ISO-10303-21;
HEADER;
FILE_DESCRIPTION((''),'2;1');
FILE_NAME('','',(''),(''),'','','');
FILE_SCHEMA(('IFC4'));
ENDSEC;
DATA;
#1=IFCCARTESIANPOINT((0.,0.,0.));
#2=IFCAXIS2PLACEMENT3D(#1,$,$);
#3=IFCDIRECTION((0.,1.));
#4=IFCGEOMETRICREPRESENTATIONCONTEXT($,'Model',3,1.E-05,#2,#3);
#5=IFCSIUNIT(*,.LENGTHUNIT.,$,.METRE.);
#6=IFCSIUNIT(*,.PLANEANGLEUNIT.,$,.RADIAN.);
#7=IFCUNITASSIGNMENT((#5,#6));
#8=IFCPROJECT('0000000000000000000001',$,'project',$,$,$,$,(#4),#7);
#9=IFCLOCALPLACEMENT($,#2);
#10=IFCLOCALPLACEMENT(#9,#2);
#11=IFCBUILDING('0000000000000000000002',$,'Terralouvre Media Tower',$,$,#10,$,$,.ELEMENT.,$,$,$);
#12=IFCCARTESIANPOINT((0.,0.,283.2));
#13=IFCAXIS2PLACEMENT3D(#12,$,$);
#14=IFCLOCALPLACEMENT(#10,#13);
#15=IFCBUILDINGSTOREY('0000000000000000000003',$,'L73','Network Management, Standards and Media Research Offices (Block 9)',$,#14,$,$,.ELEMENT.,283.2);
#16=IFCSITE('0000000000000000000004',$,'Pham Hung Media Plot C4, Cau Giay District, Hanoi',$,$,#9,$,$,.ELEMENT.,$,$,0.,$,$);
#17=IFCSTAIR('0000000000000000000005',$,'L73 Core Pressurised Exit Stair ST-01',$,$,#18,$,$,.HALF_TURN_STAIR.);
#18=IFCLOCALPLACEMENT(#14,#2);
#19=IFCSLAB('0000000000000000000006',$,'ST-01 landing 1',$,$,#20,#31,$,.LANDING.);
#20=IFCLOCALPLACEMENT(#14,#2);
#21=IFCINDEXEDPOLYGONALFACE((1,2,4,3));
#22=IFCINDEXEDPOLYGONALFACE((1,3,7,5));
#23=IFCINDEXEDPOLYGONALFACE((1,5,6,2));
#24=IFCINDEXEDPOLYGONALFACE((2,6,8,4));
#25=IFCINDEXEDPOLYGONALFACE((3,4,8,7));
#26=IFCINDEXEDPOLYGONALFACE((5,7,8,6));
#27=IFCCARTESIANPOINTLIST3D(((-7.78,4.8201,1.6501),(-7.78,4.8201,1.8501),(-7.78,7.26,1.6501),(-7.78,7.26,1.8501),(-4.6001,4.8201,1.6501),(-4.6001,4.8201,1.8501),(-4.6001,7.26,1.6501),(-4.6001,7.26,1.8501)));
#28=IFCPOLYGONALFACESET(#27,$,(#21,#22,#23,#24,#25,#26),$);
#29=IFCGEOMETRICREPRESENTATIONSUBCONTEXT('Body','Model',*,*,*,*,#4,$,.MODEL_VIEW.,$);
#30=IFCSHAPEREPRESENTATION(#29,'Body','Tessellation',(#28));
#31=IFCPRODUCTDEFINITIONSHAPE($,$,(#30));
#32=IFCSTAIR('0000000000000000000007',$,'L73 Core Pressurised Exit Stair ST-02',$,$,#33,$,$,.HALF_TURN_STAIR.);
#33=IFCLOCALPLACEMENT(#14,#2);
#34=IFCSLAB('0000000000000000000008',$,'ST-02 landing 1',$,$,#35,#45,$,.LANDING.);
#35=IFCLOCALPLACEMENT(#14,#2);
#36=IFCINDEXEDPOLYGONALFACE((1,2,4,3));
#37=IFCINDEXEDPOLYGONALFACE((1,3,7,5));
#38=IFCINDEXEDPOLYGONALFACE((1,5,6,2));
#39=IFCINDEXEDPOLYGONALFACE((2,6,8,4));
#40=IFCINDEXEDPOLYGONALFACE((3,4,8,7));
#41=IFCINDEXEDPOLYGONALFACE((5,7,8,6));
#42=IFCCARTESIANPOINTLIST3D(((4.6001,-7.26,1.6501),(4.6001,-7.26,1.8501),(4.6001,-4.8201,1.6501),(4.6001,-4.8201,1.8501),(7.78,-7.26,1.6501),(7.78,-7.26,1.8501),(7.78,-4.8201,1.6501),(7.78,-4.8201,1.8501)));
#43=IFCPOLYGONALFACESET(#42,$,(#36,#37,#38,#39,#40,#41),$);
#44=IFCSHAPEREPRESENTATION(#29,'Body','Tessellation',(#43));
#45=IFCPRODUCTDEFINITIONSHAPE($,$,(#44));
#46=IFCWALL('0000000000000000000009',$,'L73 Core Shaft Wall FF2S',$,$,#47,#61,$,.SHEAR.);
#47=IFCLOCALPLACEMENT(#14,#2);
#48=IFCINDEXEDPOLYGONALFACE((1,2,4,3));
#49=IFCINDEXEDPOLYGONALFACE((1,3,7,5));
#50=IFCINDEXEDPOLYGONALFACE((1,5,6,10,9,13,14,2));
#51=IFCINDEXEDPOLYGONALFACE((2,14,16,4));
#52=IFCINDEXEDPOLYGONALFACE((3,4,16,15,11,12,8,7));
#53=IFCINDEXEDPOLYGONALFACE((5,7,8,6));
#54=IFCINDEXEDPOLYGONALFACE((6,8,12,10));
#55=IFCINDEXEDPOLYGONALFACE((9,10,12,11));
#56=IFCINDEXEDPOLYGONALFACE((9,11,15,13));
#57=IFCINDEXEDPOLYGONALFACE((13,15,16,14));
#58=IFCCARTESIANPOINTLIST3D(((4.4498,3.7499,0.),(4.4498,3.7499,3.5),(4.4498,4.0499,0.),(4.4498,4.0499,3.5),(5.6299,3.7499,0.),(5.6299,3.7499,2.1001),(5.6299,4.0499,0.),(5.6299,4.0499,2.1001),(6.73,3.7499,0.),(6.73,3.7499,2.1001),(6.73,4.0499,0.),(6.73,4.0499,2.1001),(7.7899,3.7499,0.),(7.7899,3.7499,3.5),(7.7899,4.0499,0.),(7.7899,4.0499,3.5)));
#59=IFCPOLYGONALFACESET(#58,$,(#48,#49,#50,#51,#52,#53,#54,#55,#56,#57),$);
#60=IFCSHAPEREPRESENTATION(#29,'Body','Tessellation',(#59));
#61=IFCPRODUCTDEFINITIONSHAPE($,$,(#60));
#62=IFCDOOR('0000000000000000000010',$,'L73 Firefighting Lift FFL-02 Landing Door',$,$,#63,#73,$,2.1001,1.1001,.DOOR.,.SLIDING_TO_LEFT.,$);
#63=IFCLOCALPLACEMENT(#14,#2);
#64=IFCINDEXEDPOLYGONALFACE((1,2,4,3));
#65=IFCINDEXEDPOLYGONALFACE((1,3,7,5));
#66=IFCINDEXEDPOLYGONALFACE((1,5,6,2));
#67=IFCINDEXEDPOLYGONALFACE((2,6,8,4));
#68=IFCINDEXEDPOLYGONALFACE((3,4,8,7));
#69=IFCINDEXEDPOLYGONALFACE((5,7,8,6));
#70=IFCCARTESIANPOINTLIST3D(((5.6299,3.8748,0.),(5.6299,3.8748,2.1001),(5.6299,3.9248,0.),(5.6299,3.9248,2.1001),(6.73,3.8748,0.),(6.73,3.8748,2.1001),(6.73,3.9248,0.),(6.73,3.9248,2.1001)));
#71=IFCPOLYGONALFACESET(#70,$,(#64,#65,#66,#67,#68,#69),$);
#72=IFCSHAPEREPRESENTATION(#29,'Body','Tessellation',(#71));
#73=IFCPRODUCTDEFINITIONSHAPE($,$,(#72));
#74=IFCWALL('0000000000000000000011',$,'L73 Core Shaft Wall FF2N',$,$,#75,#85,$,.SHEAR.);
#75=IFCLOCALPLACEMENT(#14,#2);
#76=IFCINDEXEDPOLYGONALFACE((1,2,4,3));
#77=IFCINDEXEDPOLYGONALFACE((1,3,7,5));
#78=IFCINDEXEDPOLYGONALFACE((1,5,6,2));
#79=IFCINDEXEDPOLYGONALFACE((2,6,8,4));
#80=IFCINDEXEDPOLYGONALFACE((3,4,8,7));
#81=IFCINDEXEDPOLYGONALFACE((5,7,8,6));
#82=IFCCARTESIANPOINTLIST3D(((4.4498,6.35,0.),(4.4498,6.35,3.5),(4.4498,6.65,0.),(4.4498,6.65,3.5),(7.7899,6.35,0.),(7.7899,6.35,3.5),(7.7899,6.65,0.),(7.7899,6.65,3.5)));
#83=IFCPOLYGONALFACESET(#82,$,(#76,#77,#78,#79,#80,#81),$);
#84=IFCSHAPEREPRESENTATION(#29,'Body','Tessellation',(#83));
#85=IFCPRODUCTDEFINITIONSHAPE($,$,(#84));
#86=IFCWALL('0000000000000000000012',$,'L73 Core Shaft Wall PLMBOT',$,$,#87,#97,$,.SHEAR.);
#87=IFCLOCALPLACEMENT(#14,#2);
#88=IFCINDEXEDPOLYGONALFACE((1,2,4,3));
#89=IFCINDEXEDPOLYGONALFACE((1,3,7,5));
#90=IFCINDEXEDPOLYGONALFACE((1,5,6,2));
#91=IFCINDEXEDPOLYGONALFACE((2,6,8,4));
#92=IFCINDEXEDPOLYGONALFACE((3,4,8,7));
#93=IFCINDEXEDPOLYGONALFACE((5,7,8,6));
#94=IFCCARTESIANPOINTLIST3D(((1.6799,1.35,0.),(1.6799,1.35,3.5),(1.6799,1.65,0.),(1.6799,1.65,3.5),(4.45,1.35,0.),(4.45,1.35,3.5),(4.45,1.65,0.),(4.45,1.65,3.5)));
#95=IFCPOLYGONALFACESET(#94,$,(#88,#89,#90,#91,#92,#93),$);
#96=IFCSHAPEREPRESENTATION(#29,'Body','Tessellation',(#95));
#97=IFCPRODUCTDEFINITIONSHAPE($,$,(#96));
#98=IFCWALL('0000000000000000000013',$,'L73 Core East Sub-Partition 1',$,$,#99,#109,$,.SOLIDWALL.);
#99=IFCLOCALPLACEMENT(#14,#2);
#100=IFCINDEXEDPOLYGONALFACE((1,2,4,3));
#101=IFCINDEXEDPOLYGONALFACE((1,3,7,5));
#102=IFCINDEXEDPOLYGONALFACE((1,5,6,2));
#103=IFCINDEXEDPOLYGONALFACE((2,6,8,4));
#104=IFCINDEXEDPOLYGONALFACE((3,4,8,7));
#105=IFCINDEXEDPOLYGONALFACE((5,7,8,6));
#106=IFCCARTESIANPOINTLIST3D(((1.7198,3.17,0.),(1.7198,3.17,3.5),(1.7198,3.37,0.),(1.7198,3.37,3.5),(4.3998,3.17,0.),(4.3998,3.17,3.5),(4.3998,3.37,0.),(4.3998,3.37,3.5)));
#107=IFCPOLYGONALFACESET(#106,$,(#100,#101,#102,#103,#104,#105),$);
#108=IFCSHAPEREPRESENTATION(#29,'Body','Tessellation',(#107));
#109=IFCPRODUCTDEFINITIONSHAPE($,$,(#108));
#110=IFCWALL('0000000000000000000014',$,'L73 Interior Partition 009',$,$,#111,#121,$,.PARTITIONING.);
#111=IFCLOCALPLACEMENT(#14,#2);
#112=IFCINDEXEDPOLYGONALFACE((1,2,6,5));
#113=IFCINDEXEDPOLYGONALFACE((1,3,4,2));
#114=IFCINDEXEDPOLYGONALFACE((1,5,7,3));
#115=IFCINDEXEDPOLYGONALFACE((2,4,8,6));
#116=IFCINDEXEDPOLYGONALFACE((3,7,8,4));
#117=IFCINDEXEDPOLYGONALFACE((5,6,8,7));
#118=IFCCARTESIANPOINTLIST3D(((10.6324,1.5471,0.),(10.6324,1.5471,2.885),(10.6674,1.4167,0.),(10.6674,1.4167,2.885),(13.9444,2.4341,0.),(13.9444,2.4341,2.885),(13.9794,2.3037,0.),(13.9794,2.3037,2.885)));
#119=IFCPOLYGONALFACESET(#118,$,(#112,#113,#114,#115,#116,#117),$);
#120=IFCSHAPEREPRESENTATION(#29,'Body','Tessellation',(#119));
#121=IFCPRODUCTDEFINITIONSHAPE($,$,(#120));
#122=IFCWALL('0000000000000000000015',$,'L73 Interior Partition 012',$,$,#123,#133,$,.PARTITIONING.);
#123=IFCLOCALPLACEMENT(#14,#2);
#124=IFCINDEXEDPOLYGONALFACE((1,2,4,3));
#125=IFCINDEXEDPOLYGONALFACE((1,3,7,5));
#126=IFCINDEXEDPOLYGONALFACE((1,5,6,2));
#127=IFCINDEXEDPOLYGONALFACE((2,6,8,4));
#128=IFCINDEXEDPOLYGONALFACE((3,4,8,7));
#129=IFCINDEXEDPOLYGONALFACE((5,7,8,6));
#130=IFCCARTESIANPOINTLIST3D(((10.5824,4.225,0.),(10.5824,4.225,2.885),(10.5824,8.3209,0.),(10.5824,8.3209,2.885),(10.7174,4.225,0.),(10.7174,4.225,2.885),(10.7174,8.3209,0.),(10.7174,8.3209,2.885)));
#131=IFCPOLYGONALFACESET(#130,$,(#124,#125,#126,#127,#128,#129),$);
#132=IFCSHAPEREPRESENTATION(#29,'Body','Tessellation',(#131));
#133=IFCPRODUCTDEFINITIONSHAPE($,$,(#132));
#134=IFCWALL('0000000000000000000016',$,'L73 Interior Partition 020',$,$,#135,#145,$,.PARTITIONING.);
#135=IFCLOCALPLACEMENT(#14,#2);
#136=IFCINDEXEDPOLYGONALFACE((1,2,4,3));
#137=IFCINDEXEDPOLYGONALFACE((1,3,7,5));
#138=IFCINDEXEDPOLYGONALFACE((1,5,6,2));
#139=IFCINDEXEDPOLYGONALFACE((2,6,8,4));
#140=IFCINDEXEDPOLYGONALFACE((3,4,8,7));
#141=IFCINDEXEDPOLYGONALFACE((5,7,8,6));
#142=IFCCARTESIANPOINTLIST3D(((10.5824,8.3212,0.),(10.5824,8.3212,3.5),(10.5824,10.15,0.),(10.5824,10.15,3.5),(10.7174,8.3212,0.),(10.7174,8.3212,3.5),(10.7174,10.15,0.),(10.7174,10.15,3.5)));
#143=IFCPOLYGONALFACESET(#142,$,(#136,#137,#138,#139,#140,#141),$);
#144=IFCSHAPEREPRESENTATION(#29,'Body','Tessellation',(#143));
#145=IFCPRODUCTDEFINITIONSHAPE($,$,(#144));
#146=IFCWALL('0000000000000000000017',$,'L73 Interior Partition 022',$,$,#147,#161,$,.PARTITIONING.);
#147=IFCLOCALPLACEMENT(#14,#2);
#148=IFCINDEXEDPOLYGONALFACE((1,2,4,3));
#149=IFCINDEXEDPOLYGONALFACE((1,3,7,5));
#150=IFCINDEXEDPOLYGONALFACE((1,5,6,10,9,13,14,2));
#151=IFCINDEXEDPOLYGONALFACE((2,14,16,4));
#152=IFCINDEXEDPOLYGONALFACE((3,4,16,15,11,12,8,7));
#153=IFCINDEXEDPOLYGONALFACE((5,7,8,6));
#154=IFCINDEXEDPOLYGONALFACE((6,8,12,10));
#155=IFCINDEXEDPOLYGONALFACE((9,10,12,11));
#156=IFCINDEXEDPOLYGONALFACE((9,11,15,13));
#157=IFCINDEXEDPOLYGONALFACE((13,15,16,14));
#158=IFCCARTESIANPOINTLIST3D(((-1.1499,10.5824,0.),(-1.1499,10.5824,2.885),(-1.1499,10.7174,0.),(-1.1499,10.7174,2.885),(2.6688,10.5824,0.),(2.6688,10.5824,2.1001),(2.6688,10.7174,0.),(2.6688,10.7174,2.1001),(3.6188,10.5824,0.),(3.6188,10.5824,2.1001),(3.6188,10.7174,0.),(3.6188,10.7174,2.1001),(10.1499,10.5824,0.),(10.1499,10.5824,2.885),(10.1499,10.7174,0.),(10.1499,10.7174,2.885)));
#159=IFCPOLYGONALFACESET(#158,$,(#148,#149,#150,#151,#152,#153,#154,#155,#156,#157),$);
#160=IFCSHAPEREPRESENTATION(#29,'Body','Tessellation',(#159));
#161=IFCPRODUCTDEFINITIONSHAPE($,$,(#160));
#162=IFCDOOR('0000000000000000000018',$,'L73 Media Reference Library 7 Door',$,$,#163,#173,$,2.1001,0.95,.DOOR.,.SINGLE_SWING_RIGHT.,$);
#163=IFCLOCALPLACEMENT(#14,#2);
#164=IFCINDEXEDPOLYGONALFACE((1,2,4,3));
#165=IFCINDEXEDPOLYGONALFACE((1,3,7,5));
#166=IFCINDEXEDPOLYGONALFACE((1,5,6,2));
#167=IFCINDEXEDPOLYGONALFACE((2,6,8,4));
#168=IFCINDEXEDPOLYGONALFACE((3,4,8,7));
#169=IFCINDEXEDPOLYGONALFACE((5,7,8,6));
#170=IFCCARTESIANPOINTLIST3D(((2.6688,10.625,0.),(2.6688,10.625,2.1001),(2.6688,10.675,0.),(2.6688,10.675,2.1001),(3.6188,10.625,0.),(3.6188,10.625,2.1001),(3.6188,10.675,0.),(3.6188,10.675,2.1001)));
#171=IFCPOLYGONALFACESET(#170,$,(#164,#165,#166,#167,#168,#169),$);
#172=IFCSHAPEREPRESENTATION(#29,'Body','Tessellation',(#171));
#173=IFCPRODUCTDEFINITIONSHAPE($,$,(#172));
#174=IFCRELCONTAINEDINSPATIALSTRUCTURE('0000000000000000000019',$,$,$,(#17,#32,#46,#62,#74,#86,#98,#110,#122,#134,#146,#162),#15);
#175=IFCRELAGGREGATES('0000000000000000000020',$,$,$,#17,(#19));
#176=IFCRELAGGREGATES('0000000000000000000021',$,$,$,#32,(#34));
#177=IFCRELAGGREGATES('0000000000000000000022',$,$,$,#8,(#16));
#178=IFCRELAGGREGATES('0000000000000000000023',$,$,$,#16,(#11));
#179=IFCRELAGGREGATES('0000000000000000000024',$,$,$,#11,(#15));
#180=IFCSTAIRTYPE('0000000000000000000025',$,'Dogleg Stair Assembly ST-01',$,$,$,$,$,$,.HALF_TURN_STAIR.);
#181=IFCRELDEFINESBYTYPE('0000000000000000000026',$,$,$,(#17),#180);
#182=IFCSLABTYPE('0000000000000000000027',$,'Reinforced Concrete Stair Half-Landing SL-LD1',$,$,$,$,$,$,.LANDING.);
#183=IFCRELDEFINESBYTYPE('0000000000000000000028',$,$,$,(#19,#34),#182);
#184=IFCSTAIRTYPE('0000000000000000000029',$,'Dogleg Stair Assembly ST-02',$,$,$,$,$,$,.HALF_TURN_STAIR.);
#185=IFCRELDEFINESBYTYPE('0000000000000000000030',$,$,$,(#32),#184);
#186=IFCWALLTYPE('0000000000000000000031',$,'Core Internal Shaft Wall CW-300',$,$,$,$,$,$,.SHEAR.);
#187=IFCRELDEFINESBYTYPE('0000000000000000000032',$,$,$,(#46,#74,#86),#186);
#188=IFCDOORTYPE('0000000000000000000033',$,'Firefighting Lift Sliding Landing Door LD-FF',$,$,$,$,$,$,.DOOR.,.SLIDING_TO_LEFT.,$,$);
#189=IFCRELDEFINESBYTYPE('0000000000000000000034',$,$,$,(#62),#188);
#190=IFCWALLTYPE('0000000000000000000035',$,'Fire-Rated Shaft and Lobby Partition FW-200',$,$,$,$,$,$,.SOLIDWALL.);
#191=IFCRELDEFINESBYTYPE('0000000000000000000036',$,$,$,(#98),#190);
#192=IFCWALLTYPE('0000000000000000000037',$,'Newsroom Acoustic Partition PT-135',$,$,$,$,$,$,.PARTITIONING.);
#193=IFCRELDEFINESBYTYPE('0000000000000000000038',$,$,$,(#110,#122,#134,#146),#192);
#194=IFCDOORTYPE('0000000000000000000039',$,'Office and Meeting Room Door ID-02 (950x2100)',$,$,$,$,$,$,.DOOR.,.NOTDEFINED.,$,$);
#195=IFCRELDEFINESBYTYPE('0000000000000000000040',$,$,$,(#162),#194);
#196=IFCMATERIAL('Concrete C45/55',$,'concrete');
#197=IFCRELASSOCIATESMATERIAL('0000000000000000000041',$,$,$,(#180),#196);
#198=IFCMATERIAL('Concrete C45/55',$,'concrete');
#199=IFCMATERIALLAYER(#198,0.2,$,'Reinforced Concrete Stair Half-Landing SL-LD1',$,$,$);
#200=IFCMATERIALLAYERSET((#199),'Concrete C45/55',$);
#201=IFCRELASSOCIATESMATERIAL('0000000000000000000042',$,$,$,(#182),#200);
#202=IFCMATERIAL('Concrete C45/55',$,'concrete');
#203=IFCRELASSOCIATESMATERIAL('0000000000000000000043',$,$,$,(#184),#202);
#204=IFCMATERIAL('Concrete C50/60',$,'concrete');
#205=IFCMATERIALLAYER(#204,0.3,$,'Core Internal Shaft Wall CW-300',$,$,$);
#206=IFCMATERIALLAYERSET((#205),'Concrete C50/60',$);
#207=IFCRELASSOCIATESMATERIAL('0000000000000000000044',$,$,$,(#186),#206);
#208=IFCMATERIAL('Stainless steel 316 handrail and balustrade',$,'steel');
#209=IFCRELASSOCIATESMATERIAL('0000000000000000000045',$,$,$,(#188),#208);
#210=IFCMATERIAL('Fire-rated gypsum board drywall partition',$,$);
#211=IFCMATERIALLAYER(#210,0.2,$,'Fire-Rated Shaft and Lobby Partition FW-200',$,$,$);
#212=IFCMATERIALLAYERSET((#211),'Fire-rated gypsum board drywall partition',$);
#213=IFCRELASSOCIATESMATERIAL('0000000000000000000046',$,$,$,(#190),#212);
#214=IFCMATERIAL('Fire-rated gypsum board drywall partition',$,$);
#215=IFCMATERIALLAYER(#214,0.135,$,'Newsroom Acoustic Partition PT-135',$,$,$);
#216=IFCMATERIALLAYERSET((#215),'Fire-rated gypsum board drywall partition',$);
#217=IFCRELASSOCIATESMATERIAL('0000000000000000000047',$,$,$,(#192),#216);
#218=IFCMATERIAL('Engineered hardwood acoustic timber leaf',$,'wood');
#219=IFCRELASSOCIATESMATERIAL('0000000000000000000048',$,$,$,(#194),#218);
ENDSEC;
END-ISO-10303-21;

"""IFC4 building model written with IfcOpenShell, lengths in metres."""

from ifc_helpers import new_model, si_unit, direction, frame, frame_2d, origin, place, context, subcontext, project, spatial, polyline, rectangle, outline, extrude, material, layer, layer_set, type_object, element, fill, aggregate, save


model = new_model("IFC4")

# Units and contexts
model_context = context("Model", 3, precision=1e-05, world=origin(), true_north=direction((0.0, 1.0)))
body_context = subcontext(model_context, "Body", "Model", "MODEL_VIEW")
ifc_project = project(units=[si_unit("LENGTHUNIT", "METRE"), si_unit("PLANEANGLEUNIT", "RADIAN")], contexts=[model_context])

# Site, building, storey
site_placement = place(None, origin())
site = spatial("IfcSite", under=ifc_project, at=site_placement, Name="Pham Hung Media Plot C4, Cau Giay District, Hanoi", CompositionType="ELEMENT", RefElevation=0.0)
building_placement = place(site_placement, origin())
building = spatial("IfcBuilding", under=site, at=building_placement, Name="Terralouvre Media Tower", CompositionType="ELEMENT")
storey_placement = place(building_placement, frame((0.0, 0.0, 283.2)))
storey = spatial("IfcBuildingStorey", under=building, at=storey_placement, Name="L73", Description="Network Management, Standards and Media Research Offices (Block 9)", CompositionType="ELEMENT", Elevation=283.2)

# Stairs, slabs
ifc_material_1 = material(Name="Concrete C45/55", Category="concrete")
stair_type_1 = type_object("IfcStairType", Name="Dogleg Stair Assembly ST-01", PredefinedType="HALF_TURN_STAIR", material=ifc_material_1)
stair_1_placement = place(storey_placement, origin())
stair_1 = element("IfcStair", 1, at=stair_1_placement, inside=storey, type_object=stair_type_1, Name="L73 Core Pressurised Exit Stair ST-01", PredefinedType="HALF_TURN_STAIR")
ifc_material_2 = material(Name="Concrete C45/55", Category="concrete")
ifc_layer_1 = layer(ifc_material_2, 0.2, Name="Reinforced Concrete Stair Half-Landing SL-LD1")
ifc_layer_set_1 = layer_set([ifc_layer_1], Name="Concrete C45/55")
slab_type = type_object("IfcSlabType", Name="Reinforced Concrete Stair Half-Landing SL-LD1", PredefinedType="LANDING", material=ifc_layer_set_1)
slab_1_placement = place(storey_placement, frame((0.0, 0.0, 1.6501)))
slab_1 = element("IfcSlab", 2, at=slab_1_placement, type_object=slab_type, Name="ST-01 landing 1", PredefinedType="LANDING", context=body_context, shape_type="SweptSolid", body=[
    extrude(outline(polyline([(-4.6001, 4.8201), (-4.6001, 7.26), (-7.78, 7.26), (-7.78, 4.8201), (-4.6001, 4.8201)])), origin(), (0.0, 0.0, 1.0), 0.2),
])
aggregate(stair_1, [slab_1])
ifc_material_3 = material(Name="Concrete C45/55", Category="concrete")
stair_type_2 = type_object("IfcStairType", Name="Dogleg Stair Assembly ST-02", PredefinedType="HALF_TURN_STAIR", material=ifc_material_3)
stair_2_placement = place(storey_placement, origin())
stair_2 = element("IfcStair", 3, at=stair_2_placement, inside=storey, type_object=stair_type_2, Name="L73 Core Pressurised Exit Stair ST-02", PredefinedType="HALF_TURN_STAIR")
slab_2_placement = place(storey_placement, frame((0.0, 0.0, 1.6501)))
slab_2 = element("IfcSlab", 4, at=slab_2_placement, type_object=slab_type, Name="ST-02 landing 1", PredefinedType="LANDING", context=body_context, shape_type="SweptSolid", body=[
    extrude(outline(polyline([(4.6001, -4.8201), (4.6001, -7.26), (7.78, -7.26), (7.78, -4.8201), (4.6001, -4.8201)])), origin(), (0.0, 0.0, 1.0), 0.2),
])
aggregate(stair_2, [slab_2])

# Wall, opening, door
ifc_material_4 = material(Name="Concrete C50/60", Category="concrete")
ifc_layer_2 = layer(ifc_material_4, 0.3, Name="Core Internal Shaft Wall CW-300")
ifc_layer_set_2 = layer_set([ifc_layer_2], Name="Concrete C50/60")
wall_type_1 = type_object("IfcWallType", Name="Core Internal Shaft Wall CW-300", PredefinedType="SHEAR", material=ifc_layer_set_2)
wall_1_placement = place(storey_placement, frame((4.45, 3.8999, 0.0), z_axis=(0.0, 0.0, 1.0), x_axis=(1.0, 0.0, 0.0)))
wall_1 = element("IfcWall", 5, at=wall_1_placement, inside=storey, type_object=wall_type_1, Name="L73 Core Shaft Wall FF2S", PredefinedType="SHEAR", context=body_context, shape_type="SweptSolid", body=[
    extrude(rectangle(XDim=3.3401, YDim=0.3, at=frame_2d((1.6699, 0.0))), origin(), (0.0, 0.0, 1.0), 3.5),
])
opening_1_placement = place(wall_1_placement, frame((1.1799, 0.0, 0.0)))
opening_1 = element("IfcOpeningElement", 6, at=opening_1_placement, cuts=wall_1, PredefinedType="OPENING", context=body_context, shape_type="SweptSolid", body=[
    extrude(rectangle(XDim=1.1001, YDim=2.1001, at=frame_2d((0.55, 1.05))), frame((0.0, 0.1599, 0.0), z_axis=(0.0, -1.0, 0.0), x_axis=(1.0, 0.0, 0.0)), (0.0, 0.0, 1.0), 0.3201),
])
ifc_material_5 = material(Name="Stainless steel 316 handrail and balustrade", Category="steel")
door_type_1 = type_object("IfcDoorType", Name="Firefighting Lift Sliding Landing Door LD-FF", OperationType="SLIDING_TO_LEFT", PredefinedType="DOOR", material=ifc_material_5)
door_1_placement = place(opening_1_placement, origin())
door_1 = element("IfcDoor", 7, at=door_1_placement, inside=storey, type_object=door_type_1, Name="L73 Firefighting Lift FFL-02 Landing Door", OperationType="SLIDING_TO_LEFT", OverallHeight=2.1001, OverallWidth=1.1001, PredefinedType="DOOR", context=body_context, shape_type="SweptSolid", body=[
    extrude(rectangle(XDim=1.1001, YDim=2.1001, at=frame_2d((0.55, 1.05))), frame((0.0, 0.0249, 0.0), z_axis=(0.0, -1.0, 0.0), x_axis=(1.0, 0.0, 0.0)), (0.0, 0.0, 1.0), 0.05),
])
fill(opening_1, door_1)

# Walls
wall_2_placement = place(storey_placement, frame((4.45, 6.5, 0.0), z_axis=(0.0, 0.0, 1.0), x_axis=(1.0, 0.0, 0.0)))
element("IfcWall", 8, at=wall_2_placement, inside=storey, type_object=wall_type_1, Name="L73 Core Shaft Wall FF2N", PredefinedType="SHEAR", context=body_context, shape_type="SweptSolid", body=[
    extrude(rectangle(XDim=3.3401, YDim=0.3, at=frame_2d((1.6699, 0.0))), origin(), (0.0, 0.0, 1.0), 3.5),
])
wall_3_placement = place(storey_placement, frame((1.6799, 1.5, 0.0), z_axis=(0.0, 0.0, 1.0), x_axis=(1.0, 0.0, 0.0)))
element("IfcWall", 9, at=wall_3_placement, inside=storey, type_object=wall_type_1, Name="L73 Core Shaft Wall PLMBOT", PredefinedType="SHEAR", context=body_context, shape_type="SweptSolid", body=[
    extrude(rectangle(XDim=2.77, YDim=0.3, at=frame_2d((1.385, 0.0))), origin(), (0.0, 0.0, 1.0), 3.5),
])
ifc_material_6 = material(Name="Fire-rated gypsum board drywall partition")
ifc_layer_3 = layer(ifc_material_6, 0.2, Name="Fire-Rated Shaft and Lobby Partition FW-200")
ifc_layer_set_3 = layer_set([ifc_layer_3], Name="Fire-rated gypsum board drywall partition")
wall_type_2 = type_object("IfcWallType", Name="Fire-Rated Shaft and Lobby Partition FW-200", PredefinedType="SOLIDWALL", material=ifc_layer_set_3)
wall_4_placement = place(storey_placement, frame((1.72, 3.27, 0.0), z_axis=(0.0, 0.0, 1.0), x_axis=(1.0, 0.0, 0.0)))
element("IfcWall", 10, at=wall_4_placement, inside=storey, type_object=wall_type_2, Name="L73 Core East Sub-Partition 1", PredefinedType="SOLIDWALL", context=body_context, shape_type="SweptSolid", body=[
    extrude(rectangle(XDim=2.6799, YDim=0.2, at=frame_2d((1.3398, 0.0))), origin(), (0.0, 0.0, 1.0), 3.5),
])
ifc_material_7 = material(Name="Fire-rated gypsum board drywall partition")
ifc_layer_4 = layer(ifc_material_7, 0.135, Name="Newsroom Acoustic Partition PT-135")
ifc_layer_set_4 = layer_set([ifc_layer_4], Name="Fire-rated gypsum board drywall partition")
wall_type_3 = type_object("IfcWallType", Name="Newsroom Acoustic Partition PT-135", PredefinedType="PARTITIONING", material=ifc_layer_set_4)
wall_5_placement = place(storey_placement, frame((10.6499, 1.4819, 0.0), z_axis=(0.0, 0.0, 1.0), x_axis=(0.965961, 0.258686, 0.0)))
element("IfcWall", 11, at=wall_5_placement, inside=storey, type_object=wall_type_3, Name="L73 Interior Partition 009", PredefinedType="PARTITIONING", context=body_context, shape_type="SweptSolid", body=[
    extrude(rectangle(XDim=3.4287, YDim=0.135, at=frame_2d((1.7144, 0.0))), origin(), (0.0, 0.0, 1.0), 2.885),
])
wall_6_placement = place(storey_placement, frame((10.6499, 4.2251, 0.0), z_axis=(0.0, 0.0, 1.0), x_axis=(0.0, 1.0, 0.0)))
element("IfcWall", 12, at=wall_6_placement, inside=storey, type_object=wall_type_3, Name="L73 Interior Partition 012", PredefinedType="PARTITIONING", context=body_context, shape_type="SweptSolid", body=[
    extrude(rectangle(XDim=4.0959, YDim=0.135, at=frame_2d((2.0479, 0.0))), origin(), (0.0, 0.0, 1.0), 2.885),
])
wall_7_placement = place(storey_placement, frame((10.6499, 8.321, 0.0), z_axis=(0.0, 0.0, 1.0), x_axis=(0.0, 1.0, 0.0)))
element("IfcWall", 13, at=wall_7_placement, inside=storey, type_object=wall_type_3, Name="L73 Interior Partition 020", PredefinedType="PARTITIONING", context=body_context, shape_type="SweptSolid", body=[
    extrude(rectangle(XDim=1.8289, YDim=0.135, at=frame_2d((0.9146, 0.0))), origin(), (0.0, 0.0, 1.0), 3.5),
])

# Wall, opening, door
wall_8_placement = place(storey_placement, frame((10.1499, 10.6499, 0.0), z_axis=(0.0, 0.0, 1.0), x_axis=(-1.0, 0.0, 0.0)))
wall_8 = element("IfcWall", 14, at=wall_8_placement, inside=storey, type_object=wall_type_3, Name="L73 Interior Partition 022", PredefinedType="PARTITIONING", context=body_context, shape_type="SweptSolid", body=[
    extrude(rectangle(XDim=11.2998, YDim=0.135, at=frame_2d((5.6499, 0.0))), origin(), (0.0, 0.0, 1.0), 2.885),
])
opening_2_placement = place(wall_8_placement, frame((6.531, 0.0, 0.0)))
opening_2 = element("IfcOpeningElement", 15, at=opening_2_placement, cuts=wall_8, PredefinedType="OPENING", context=body_context, shape_type="SweptSolid", body=[
    extrude(rectangle(XDim=0.95, YDim=2.1001, at=frame_2d((0.4751, 1.05))), frame((0.0, 0.0774, 0.0), z_axis=(0.0, -1.0, 0.0), x_axis=(1.0, 0.0, 0.0)), (0.0, 0.0, 1.0), 0.155),
])
ifc_material_8 = material(Name="Engineered hardwood acoustic timber leaf", Category="wood")
door_type_2 = type_object("IfcDoorType", Name="Office and Meeting Room Door ID-02 (950x2100)", OperationType="NOTDEFINED", PredefinedType="DOOR", material=ifc_material_8)
door_2_placement = place(opening_2_placement, origin())
door_2 = element("IfcDoor", 16, at=door_2_placement, inside=storey, type_object=door_type_2, Name="L73 Media Reference Library 7 Door", OperationType="SINGLE_SWING_RIGHT", OverallHeight=2.1001, OverallWidth=0.95, PredefinedType="DOOR", context=body_context, shape_type="SweptSolid", body=[
    extrude(rectangle(XDim=0.95, YDim=2.1001, at=frame_2d((0.4751, 1.05))), frame((0.0, 0.0249, 0.0), z_axis=(0.0, -1.0, 0.0), x_axis=(1.0, 0.0, 0.0)), (0.0, 0.0, 1.0), 0.05),
])
fill(opening_2, door_2)

save(model, "model.ifc")
